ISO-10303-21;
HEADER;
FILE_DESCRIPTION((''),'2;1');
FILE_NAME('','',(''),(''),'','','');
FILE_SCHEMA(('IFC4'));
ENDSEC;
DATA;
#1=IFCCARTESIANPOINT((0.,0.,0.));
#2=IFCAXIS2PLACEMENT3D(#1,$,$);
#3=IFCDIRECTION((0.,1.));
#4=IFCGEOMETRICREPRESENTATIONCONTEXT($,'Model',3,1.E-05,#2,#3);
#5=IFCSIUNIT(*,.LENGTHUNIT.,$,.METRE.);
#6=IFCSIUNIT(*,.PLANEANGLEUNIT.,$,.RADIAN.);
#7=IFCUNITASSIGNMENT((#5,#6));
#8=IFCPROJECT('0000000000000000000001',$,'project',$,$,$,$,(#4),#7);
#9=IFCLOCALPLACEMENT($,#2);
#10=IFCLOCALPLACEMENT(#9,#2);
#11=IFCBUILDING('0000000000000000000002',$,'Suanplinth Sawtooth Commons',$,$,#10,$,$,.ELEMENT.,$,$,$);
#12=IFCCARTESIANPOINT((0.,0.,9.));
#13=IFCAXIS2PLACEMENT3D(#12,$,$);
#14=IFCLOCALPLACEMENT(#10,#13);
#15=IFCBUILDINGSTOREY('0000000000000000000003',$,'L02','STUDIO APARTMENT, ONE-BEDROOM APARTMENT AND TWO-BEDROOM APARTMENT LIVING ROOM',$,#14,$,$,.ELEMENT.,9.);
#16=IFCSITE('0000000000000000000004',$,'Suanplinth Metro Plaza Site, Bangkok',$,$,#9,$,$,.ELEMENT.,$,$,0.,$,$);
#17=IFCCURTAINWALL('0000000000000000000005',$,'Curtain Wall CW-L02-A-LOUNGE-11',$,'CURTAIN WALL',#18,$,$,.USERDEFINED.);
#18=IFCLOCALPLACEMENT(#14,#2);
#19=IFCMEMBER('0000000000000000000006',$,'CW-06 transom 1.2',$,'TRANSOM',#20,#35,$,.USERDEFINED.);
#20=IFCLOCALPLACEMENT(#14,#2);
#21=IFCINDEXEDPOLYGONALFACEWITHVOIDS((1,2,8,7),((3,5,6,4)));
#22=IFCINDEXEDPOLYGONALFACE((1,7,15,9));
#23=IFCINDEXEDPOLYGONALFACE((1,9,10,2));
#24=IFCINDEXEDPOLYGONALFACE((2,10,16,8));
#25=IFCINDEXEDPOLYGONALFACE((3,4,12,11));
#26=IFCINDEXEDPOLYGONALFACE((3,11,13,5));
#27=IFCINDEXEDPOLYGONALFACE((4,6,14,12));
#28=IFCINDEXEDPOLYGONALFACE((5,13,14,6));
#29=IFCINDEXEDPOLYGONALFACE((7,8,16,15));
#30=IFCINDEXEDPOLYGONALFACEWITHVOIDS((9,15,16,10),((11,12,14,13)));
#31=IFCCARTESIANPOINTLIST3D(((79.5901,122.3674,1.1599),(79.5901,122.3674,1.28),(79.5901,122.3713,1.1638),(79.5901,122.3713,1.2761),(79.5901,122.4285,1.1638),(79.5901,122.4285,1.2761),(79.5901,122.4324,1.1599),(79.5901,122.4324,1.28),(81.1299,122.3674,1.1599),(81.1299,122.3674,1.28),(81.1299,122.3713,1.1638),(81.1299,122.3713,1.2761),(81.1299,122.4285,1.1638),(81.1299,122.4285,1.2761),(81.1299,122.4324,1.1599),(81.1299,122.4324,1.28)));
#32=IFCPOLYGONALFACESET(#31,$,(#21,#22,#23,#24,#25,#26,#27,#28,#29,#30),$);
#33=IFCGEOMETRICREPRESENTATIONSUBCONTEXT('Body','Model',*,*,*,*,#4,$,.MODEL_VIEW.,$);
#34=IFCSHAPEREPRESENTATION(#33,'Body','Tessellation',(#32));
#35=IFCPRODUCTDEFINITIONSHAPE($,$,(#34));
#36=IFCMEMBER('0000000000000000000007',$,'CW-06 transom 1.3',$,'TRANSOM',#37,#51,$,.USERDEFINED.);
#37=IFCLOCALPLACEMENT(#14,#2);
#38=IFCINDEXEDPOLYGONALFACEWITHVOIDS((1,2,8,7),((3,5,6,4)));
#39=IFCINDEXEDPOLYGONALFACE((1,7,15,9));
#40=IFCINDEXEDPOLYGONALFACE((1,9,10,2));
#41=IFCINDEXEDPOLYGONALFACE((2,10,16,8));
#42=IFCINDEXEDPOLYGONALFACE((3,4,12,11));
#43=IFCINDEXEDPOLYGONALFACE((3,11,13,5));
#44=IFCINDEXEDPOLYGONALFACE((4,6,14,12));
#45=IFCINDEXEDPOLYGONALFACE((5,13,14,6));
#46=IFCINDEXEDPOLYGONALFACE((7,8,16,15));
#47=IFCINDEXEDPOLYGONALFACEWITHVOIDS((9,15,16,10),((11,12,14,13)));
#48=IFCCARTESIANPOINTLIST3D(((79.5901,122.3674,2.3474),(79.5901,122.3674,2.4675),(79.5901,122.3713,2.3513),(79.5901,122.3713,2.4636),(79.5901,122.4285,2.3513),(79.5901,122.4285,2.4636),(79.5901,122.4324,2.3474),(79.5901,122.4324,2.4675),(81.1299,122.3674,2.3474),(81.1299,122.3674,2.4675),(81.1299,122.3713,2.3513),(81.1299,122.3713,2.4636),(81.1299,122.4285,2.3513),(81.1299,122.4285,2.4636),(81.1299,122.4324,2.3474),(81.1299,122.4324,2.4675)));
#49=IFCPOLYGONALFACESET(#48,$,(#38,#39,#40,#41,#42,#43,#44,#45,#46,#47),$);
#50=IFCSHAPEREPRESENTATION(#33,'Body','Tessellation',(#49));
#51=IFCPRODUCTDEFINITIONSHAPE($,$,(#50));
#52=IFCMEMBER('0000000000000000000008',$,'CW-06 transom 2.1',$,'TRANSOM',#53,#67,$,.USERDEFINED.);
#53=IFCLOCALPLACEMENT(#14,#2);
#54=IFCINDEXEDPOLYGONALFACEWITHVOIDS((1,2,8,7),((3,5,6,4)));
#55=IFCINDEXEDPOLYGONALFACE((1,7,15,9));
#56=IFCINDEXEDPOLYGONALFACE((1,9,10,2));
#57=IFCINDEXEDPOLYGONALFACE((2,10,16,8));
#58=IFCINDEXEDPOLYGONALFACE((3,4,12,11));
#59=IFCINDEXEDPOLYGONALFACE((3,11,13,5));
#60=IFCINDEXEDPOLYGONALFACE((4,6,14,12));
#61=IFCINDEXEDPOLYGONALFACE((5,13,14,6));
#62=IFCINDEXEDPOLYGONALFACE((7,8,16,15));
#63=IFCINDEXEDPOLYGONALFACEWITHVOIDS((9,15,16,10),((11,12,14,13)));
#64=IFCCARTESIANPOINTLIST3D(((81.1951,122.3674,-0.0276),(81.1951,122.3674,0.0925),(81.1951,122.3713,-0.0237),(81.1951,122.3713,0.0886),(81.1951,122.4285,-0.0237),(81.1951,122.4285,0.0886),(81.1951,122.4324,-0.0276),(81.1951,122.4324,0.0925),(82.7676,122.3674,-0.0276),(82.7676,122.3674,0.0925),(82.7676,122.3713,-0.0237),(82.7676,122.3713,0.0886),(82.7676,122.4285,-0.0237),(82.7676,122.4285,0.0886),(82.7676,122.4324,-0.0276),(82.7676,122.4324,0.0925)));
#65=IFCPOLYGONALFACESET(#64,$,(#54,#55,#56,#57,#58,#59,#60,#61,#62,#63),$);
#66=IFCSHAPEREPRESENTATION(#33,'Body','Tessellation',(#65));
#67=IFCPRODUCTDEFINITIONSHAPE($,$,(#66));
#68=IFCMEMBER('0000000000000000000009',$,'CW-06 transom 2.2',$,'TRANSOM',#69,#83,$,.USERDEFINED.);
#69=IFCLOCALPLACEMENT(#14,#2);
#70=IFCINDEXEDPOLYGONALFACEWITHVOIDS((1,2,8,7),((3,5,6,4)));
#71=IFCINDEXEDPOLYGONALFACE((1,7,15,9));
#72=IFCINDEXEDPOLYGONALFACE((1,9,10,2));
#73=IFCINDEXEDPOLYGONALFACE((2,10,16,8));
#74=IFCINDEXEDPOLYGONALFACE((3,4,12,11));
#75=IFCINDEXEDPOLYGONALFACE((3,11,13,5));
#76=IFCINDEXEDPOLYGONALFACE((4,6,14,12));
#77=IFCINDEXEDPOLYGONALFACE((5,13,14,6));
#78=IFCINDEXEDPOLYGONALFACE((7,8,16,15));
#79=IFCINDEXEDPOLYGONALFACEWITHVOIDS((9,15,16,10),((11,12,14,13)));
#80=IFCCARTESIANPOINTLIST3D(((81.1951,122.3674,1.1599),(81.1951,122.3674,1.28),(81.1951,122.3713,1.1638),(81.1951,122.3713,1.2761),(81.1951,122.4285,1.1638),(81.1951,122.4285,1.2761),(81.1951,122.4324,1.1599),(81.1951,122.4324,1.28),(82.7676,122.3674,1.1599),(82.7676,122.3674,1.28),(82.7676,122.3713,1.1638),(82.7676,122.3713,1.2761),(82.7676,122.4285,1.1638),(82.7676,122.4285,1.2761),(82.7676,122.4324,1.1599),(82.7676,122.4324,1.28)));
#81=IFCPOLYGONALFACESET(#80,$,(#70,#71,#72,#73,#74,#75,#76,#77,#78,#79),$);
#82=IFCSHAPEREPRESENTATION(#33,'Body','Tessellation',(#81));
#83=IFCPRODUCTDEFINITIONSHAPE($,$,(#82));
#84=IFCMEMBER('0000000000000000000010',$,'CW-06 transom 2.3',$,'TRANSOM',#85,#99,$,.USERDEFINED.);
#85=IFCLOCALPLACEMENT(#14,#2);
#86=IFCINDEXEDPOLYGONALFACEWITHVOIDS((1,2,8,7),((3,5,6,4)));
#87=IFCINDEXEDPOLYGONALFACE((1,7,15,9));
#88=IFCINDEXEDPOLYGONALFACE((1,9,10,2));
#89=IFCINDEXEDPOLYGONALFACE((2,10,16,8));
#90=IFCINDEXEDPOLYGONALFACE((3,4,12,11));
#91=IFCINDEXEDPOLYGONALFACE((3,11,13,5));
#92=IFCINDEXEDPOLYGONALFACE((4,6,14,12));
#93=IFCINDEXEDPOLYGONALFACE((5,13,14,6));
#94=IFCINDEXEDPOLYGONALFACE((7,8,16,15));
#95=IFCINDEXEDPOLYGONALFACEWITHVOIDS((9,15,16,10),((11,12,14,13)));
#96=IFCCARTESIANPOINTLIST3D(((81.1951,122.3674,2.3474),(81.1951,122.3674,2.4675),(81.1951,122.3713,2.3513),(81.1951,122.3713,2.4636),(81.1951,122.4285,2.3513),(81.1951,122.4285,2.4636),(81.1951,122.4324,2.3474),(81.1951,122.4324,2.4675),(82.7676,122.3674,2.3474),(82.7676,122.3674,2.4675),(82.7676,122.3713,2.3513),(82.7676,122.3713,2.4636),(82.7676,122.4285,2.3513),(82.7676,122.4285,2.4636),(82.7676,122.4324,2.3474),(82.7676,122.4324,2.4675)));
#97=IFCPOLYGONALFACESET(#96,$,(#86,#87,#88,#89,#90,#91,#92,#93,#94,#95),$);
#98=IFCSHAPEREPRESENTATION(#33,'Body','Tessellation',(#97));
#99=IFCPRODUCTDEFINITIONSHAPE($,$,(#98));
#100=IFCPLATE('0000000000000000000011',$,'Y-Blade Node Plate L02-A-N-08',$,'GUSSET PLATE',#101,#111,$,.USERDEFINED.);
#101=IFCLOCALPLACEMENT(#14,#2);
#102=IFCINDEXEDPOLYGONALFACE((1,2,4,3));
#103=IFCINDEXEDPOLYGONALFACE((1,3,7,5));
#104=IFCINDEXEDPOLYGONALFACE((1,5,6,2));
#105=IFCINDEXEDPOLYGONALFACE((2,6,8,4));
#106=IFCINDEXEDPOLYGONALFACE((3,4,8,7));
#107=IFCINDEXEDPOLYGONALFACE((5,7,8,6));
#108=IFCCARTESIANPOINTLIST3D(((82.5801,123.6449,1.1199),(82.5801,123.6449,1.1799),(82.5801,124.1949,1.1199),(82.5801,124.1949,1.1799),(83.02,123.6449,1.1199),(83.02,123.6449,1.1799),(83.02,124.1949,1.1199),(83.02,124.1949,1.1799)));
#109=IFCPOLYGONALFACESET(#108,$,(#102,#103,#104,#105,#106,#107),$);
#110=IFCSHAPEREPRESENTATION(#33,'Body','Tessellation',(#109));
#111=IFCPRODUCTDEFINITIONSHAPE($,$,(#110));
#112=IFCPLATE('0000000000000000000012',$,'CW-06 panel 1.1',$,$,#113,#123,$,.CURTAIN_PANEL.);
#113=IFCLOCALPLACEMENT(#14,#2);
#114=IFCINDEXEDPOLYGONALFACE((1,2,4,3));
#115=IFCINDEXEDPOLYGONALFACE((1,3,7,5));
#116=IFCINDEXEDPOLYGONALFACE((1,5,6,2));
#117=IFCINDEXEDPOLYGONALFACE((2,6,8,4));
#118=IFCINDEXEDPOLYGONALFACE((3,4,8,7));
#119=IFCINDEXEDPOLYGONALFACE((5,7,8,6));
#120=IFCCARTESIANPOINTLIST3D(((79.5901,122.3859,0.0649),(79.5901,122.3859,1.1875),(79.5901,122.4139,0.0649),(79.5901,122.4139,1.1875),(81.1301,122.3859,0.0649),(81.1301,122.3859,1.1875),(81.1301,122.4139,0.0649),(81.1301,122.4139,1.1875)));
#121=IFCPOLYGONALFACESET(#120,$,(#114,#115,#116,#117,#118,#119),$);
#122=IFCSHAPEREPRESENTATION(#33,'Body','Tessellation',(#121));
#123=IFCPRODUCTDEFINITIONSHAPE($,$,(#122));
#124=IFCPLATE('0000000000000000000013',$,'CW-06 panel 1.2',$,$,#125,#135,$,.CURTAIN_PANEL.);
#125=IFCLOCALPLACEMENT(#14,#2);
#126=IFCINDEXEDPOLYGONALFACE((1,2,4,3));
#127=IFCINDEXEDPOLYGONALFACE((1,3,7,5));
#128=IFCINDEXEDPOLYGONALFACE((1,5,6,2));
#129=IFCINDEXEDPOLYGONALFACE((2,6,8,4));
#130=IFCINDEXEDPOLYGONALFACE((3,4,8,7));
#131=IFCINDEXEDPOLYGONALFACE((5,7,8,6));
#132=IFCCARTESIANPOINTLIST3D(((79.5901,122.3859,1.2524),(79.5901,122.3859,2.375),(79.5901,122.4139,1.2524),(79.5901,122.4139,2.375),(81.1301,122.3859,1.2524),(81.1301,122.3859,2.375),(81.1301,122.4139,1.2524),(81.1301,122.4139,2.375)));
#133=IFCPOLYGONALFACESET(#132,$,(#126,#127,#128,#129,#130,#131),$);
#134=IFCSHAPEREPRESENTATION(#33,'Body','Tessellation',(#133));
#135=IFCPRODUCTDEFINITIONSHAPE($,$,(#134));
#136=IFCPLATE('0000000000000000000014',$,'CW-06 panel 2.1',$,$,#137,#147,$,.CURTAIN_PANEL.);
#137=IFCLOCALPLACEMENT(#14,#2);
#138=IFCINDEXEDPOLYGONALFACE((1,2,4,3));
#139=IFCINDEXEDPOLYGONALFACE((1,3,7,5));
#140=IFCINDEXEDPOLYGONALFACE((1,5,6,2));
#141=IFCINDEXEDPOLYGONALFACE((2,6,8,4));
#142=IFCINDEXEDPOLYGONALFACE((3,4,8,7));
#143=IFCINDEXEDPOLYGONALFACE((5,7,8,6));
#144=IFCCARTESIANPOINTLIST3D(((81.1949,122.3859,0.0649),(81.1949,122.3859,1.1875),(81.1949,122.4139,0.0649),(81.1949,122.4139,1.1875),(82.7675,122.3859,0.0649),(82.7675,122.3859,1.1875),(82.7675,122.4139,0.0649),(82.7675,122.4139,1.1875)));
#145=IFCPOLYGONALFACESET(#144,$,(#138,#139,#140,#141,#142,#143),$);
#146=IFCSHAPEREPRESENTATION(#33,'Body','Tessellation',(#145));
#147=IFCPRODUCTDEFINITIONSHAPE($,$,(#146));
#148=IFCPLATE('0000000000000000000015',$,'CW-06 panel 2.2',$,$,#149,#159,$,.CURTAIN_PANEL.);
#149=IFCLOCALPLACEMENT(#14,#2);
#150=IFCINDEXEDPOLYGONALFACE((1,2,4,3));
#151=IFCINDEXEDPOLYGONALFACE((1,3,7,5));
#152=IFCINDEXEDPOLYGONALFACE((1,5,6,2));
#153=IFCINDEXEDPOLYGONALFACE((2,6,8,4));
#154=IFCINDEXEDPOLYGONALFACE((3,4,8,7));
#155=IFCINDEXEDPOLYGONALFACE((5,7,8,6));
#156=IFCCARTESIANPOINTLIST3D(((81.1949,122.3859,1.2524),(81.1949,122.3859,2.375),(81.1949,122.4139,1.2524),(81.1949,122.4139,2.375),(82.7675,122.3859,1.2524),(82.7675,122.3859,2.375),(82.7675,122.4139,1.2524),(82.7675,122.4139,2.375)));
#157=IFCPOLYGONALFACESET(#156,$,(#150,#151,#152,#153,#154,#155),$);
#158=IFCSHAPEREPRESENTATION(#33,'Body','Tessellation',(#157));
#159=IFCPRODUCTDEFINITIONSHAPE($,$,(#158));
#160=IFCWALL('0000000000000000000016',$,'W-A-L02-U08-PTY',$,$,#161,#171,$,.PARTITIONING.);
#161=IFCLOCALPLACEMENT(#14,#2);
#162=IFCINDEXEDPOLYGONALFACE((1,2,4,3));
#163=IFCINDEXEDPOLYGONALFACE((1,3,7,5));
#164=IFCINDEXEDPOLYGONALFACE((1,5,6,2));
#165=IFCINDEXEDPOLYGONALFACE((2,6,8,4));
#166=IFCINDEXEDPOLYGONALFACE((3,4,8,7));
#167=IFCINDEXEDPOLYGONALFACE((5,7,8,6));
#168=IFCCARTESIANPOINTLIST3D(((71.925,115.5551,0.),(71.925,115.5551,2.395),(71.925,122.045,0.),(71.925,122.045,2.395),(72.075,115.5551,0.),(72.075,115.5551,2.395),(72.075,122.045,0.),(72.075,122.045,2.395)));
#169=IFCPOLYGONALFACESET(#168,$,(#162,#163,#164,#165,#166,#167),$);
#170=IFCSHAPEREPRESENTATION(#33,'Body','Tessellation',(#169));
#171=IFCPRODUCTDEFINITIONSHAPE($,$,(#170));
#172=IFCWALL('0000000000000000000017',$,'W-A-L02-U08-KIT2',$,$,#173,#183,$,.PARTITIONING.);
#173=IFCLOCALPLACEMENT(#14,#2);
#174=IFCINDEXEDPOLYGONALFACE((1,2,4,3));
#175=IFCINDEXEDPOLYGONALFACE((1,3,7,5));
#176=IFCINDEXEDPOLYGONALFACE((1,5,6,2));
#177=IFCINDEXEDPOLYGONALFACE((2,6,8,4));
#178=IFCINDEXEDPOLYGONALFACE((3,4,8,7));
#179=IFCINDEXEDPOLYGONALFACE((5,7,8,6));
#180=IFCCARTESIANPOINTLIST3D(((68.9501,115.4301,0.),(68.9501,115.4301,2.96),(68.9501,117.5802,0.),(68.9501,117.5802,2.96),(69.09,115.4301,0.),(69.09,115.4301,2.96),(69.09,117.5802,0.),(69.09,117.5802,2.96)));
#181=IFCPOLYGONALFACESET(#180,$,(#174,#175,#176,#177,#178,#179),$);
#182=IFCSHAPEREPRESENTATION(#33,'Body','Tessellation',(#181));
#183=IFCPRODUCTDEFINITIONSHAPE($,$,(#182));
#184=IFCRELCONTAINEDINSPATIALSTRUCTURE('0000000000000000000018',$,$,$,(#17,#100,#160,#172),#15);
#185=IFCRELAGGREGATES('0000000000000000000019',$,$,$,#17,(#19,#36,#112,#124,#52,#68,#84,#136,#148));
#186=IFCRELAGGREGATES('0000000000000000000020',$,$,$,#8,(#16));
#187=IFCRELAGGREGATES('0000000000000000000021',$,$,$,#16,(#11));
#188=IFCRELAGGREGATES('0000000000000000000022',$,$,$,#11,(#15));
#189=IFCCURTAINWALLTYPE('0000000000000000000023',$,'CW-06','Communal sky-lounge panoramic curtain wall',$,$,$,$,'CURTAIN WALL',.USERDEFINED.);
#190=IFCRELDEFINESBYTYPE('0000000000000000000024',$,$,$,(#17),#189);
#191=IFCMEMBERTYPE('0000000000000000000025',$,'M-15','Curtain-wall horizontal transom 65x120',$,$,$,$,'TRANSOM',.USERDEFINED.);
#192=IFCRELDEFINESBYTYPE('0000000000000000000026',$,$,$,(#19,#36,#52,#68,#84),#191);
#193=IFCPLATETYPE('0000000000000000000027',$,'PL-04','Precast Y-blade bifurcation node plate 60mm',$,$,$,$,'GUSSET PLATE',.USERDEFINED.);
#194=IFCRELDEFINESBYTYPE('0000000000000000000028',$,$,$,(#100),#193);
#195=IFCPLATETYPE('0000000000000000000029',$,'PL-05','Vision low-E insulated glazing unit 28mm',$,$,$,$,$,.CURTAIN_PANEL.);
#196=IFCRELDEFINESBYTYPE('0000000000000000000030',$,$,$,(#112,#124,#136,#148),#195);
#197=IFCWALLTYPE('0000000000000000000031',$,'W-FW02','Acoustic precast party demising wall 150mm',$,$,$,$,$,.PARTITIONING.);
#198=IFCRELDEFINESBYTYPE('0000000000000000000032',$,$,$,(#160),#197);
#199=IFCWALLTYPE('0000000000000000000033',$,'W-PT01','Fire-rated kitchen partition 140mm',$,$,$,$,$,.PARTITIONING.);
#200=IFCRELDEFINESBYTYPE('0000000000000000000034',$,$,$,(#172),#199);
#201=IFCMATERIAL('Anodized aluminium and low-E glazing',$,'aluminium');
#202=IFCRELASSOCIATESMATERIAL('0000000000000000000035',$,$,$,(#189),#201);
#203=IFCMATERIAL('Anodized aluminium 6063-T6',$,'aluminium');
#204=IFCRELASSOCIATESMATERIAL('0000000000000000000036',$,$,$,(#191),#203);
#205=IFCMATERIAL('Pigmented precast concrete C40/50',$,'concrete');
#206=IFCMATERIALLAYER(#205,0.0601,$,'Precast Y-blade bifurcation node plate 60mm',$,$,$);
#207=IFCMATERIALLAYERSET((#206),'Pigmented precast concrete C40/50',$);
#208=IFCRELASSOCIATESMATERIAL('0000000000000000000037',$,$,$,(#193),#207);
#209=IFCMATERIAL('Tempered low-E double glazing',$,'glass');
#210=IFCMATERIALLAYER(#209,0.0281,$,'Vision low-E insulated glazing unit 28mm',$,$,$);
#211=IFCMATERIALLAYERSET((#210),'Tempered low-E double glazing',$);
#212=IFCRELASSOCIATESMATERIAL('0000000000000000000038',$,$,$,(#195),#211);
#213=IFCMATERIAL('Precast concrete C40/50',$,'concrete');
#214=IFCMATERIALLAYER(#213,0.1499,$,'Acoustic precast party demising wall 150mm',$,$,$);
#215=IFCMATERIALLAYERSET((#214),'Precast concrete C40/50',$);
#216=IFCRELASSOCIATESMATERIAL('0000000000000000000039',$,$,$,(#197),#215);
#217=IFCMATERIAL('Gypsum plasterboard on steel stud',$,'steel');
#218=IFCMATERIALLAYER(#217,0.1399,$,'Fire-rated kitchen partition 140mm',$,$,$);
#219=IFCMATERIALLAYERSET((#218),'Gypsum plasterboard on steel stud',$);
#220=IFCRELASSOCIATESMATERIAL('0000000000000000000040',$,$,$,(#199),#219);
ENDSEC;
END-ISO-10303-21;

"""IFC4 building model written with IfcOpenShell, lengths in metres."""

from ifc_helpers import new_model, si_unit, direction, frame, frame_2d, origin, origin_2d, place, context, subcontext, project, spatial, rectangle, hollow_rectangle, extrude, material, layer, layer_set, material_profile, profile_set, type_object, element, aggregate, save


model = new_model("IFC4")

# Units and contexts
model_context = context("Model", 3, precision=1e-05, world=origin(), true_north=direction((0.0, 1.0)))
body_context = subcontext(model_context, "Body", "Model", "MODEL_VIEW")
ifc_project = project(units=[si_unit("LENGTHUNIT", "METRE"), si_unit("PLANEANGLEUNIT", "RADIAN")], contexts=[model_context])

# Site, building, storey
site_placement = place(None, origin())
site = spatial("IfcSite", under=ifc_project, at=site_placement, Name="Suanplinth Metro Plaza Site, Bangkok", CompositionType="ELEMENT", RefElevation=0.0)
building_placement = place(site_placement, origin())
building = spatial("IfcBuilding", under=site, at=building_placement, Name="Suanplinth Sawtooth Commons", CompositionType="ELEMENT")
storey_placement = place(building_placement, frame((0.0, 0.0, 9.0)))
storey = spatial("IfcBuildingStorey", under=building, at=storey_placement, Name="L02", Description="STUDIO APARTMENT, ONE-BEDROOM APARTMENT AND TWO-BEDROOM APARTMENT LIVING ROOM", CompositionType="ELEMENT", Elevation=9.0)

# Shared definitions
ifc_material_1 = material(Name="Precast concrete C40/50", Category="concrete")

# Shared definitions
ifc_material_2 = material(Name="Pigmented precast concrete C40/50", Category="concrete")

# Curtain wall, members
ifc_material_3 = material(Name="Anodized aluminium and low-E glazing", Category="aluminium")
curtain_wall_type = type_object("IfcCurtainWallType", Name="CW-06", Description="Communal sky-lounge panoramic curtain wall", ElementType="CURTAIN WALL", PredefinedType="USERDEFINED", material=ifc_material_3)
curtain_wall_placement = place(storey_placement, origin())
curtain_wall = element("IfcCurtainWall", 1, at=curtain_wall_placement, inside=storey, type_object=curtain_wall_type, Name="Curtain Wall CW-L02-A-LOUNGE-11", ObjectType="CURTAIN WALL", PredefinedType="USERDEFINED")
ifc_material_4 = material(Name="Anodized aluminium 6063-T6", Category="aluminium")
ifc_material_profile_1 = material_profile(ifc_material_4, hollow_rectangle(XDim=0.0649, YDim=0.1201, WallThickness=0.0039, at=origin_2d()), Name="ALU-TRN 65x120")
ifc_profile_set_1 = profile_set([ifc_material_profile_1], Name="Anodized aluminium 6063-T6")
member_type_1 = type_object("IfcMemberType", Name="M-15", Description="Curtain-wall horizontal transom 65x120", ElementType="TRANSOM", PredefinedType="USERDEFINED", material=ifc_profile_set_1)
member_1_placement = place(storey_placement, frame((79.5901, 122.3999, 1.22), z_axis=(1.0, 0.0, 0.0), x_axis=(0.0, 1.0, 0.0)))
member_1 = element("IfcMember", 2, at=member_1_placement, type_object=member_type_1, Name="CW-06 transom 1.2", ObjectType="TRANSOM", PredefinedType="USERDEFINED", context=body_context, shape_type="SweptSolid", body=[
    extrude(hollow_rectangle(XDim=0.0649, YDim=0.1201, WallThickness=0.0039, at=origin_2d()), origin(), (0.0, 0.0, 1.0), 1.5398),
])
member_2_placement = place(storey_placement, frame((79.5901, 122.3999, 2.4075), z_axis=(1.0, 0.0, 0.0), x_axis=(0.0, 1.0, 0.0)))
member_2 = element("IfcMember", 3, at=member_2_placement, type_object=member_type_1, Name="CW-06 transom 1.3", ObjectType="TRANSOM", PredefinedType="USERDEFINED", context=body_context, shape_type="SweptSolid", body=[
    extrude(hollow_rectangle(XDim=0.0649, YDim=0.1201, WallThickness=0.0039, at=origin_2d()), origin(), (0.0, 0.0, 1.0), 1.5398),
])
member_3_placement = place(storey_placement, frame((81.1951, 122.3999, 0.0325), z_axis=(1.0, 0.0, 0.0), x_axis=(0.0, 1.0, 0.0)))
member_3 = element("IfcMember", 4, at=member_3_placement, type_object=member_type_1, Name="CW-06 transom 2.1", ObjectType="TRANSOM", PredefinedType="USERDEFINED", context=body_context, shape_type="SweptSolid", body=[
    extrude(hollow_rectangle(XDim=0.0649, YDim=0.1201, WallThickness=0.0039, at=origin_2d()), origin(), (0.0, 0.0, 1.0), 1.5725),
])
member_4_placement = place(storey_placement, frame((81.1951, 122.3999, 1.22), z_axis=(1.0, 0.0, 0.0), x_axis=(0.0, 1.0, 0.0)))
member_4 = element("IfcMember", 5, at=member_4_placement, type_object=member_type_1, Name="CW-06 transom 2.2", ObjectType="TRANSOM", PredefinedType="USERDEFINED", context=body_context, shape_type="SweptSolid", body=[
    extrude(hollow_rectangle(XDim=0.0649, YDim=0.1201, WallThickness=0.0039, at=origin_2d()), origin(), (0.0, 0.0, 1.0), 1.5725),
])
member_5_placement = place(storey_placement, frame((81.1951, 122.3999, 2.4075), z_axis=(1.0, 0.0, 0.0), x_axis=(0.0, 1.0, 0.0)))
member_5 = element("IfcMember", 6, at=member_5_placement, type_object=member_type_1, Name="CW-06 transom 2.3", ObjectType="TRANSOM", PredefinedType="USERDEFINED", context=body_context, shape_type="SweptSolid", body=[
    extrude(hollow_rectangle(XDim=0.0649, YDim=0.1201, WallThickness=0.0039, at=origin_2d()), origin(), (0.0, 0.0, 1.0), 1.5725),
])

# Plates
ifc_layer_1 = layer(ifc_material_2, 0.0601, Name="Precast Y-blade bifurcation node plate 60mm")
ifc_layer_set_1 = layer_set([ifc_layer_1], Name="Pigmented precast concrete C40/50")
plate_type_1 = type_object("IfcPlateType", Name="PL-04", Description="Precast Y-blade bifurcation node plate 60mm", ElementType="GUSSET PLATE", PredefinedType="USERDEFINED", material=ifc_layer_set_1)
plate_1_placement = place(storey_placement, frame((82.8, 123.9199, 1.1199), z_axis=(0.0, 0.0, 1.0), x_axis=(1.0, 0.0, 0.0)))
element("IfcPlate", 7, at=plate_1_placement, inside=storey, type_object=plate_type_1, Name="Y-Blade Node Plate L02-A-N-08", ObjectType="GUSSET PLATE", PredefinedType="USERDEFINED", context=body_context, shape_type="SweptSolid", body=[
    extrude(rectangle(XDim=0.4399, YDim=0.55, at=origin_2d()), origin(), (0.0, 0.0, 1.0), 0.0601),
])
ifc_material_5 = material(Name="Tempered low-E double glazing", Category="glass")
ifc_layer_2 = layer(ifc_material_5, 0.0281, Name="Vision low-E insulated glazing unit 28mm")
ifc_layer_set_2 = layer_set([ifc_layer_2], Name="Tempered low-E double glazing")
plate_type_2 = type_object("IfcPlateType", Name="PL-05", Description="Vision low-E insulated glazing unit 28mm", PredefinedType="CURTAIN_PANEL", material=ifc_layer_set_2)
plate_2_placement = place(storey_placement, frame((80.3601, 122.3999, 0.0649), z_axis=(0.0, 0.0, 1.0), x_axis=(1.0, 0.0, 0.0)))
plate_2 = element("IfcPlate", 8, at=plate_2_placement, type_object=plate_type_2, Name="CW-06 panel 1.1", PredefinedType="CURTAIN_PANEL", context=body_context, shape_type="SweptSolid", body=[
    extrude(rectangle(XDim=1.54, YDim=0.0281, at=origin_2d()), origin(), (0.0, 0.0, 1.0), 1.1226),
])
plate_3_placement = place(storey_placement, frame((80.3601, 122.3999, 1.2524), z_axis=(0.0, 0.0, 1.0), x_axis=(1.0, 0.0, 0.0)))
plate_3 = element("IfcPlate", 9, at=plate_3_placement, type_object=plate_type_2, Name="CW-06 panel 1.2", PredefinedType="CURTAIN_PANEL", context=body_context, shape_type="SweptSolid", body=[
    extrude(rectangle(XDim=1.54, YDim=0.0281, at=origin_2d()), origin(), (0.0, 0.0, 1.0), 1.1226),
])
plate_4_placement = place(storey_placement, frame((81.9812, 122.3999, 0.0649), z_axis=(0.0, 0.0, 1.0), x_axis=(1.0, 0.0, 0.0)))
plate_4 = element("IfcPlate", 10, at=plate_4_placement, type_object=plate_type_2, Name="CW-06 panel 2.1", PredefinedType="CURTAIN_PANEL", context=body_context, shape_type="SweptSolid", body=[
    extrude(rectangle(XDim=1.5725, YDim=0.0281, at=origin_2d()), origin(), (0.0, 0.0, 1.0), 1.1226),
])
plate_5_placement = place(storey_placement, frame((81.9812, 122.3999, 1.2524), z_axis=(0.0, 0.0, 1.0), x_axis=(1.0, 0.0, 0.0)))
plate_5 = element("IfcPlate", 11, at=plate_5_placement, type_object=plate_type_2, Name="CW-06 panel 2.2", PredefinedType="CURTAIN_PANEL", context=body_context, shape_type="SweptSolid", body=[
    extrude(rectangle(XDim=1.5725, YDim=0.0281, at=origin_2d()), origin(), (0.0, 0.0, 1.0), 1.1226),
])
aggregate(curtain_wall, [member_1, member_2, plate_2, plate_3, member_3, member_4, member_5, plate_4, plate_5])

# Walls
ifc_layer_3 = layer(ifc_material_1, 0.1499, Name="Acoustic precast party demising wall 150mm")
ifc_layer_set_3 = layer_set([ifc_layer_3], Name="Precast concrete C40/50")
wall_type_1 = type_object("IfcWallType", Name="W-FW02", Description="Acoustic precast party demising wall 150mm", PredefinedType="PARTITIONING", material=ifc_layer_set_3)
wall_1_placement = place(storey_placement, frame((72.0, 115.5549, 0.0), z_axis=(0.0, 0.0, 1.0), x_axis=(0.0, 1.0, 0.0)))
element("IfcWall", 12, at=wall_1_placement, inside=storey, type_object=wall_type_1, Name="W-A-L02-U08-PTY", PredefinedType="PARTITIONING", context=body_context, shape_type="SweptSolid", body=[
    extrude(rectangle(XDim=6.49, YDim=0.1499, at=frame_2d((3.2451, 0.0))), origin(), (0.0, 0.0, 1.0), 2.395),
])
ifc_material_6 = material(Name="Gypsum plasterboard on steel stud", Category="steel")
ifc_layer_4 = layer(ifc_material_6, 0.1399, Name="Fire-rated kitchen partition 140mm")
ifc_layer_set_4 = layer_set([ifc_layer_4], Name="Gypsum plasterboard on steel stud")
wall_type_2 = type_object("IfcWallType", Name="W-PT01", Description="Fire-rated kitchen partition 140mm", PredefinedType="PARTITIONING", material=ifc_layer_set_4)
wall_2_placement = place(storey_placement, frame((69.02, 115.4299, 0.0), z_axis=(0.0, 0.0, 1.0), x_axis=(0.0, 1.0, 0.0)))
element("IfcWall", 13, at=wall_2_placement, inside=storey, type_object=wall_type_2, Name="W-A-L02-U08-KIT2", PredefinedType="PARTITIONING", context=body_context, shape_type="SweptSolid", body=[
    extrude(rectangle(XDim=2.1501, YDim=0.1399, at=frame_2d((1.0752, 0.0))), origin(), (0.0, 0.0, 1.0), 2.96),
])

save(model, "model.ifc")
